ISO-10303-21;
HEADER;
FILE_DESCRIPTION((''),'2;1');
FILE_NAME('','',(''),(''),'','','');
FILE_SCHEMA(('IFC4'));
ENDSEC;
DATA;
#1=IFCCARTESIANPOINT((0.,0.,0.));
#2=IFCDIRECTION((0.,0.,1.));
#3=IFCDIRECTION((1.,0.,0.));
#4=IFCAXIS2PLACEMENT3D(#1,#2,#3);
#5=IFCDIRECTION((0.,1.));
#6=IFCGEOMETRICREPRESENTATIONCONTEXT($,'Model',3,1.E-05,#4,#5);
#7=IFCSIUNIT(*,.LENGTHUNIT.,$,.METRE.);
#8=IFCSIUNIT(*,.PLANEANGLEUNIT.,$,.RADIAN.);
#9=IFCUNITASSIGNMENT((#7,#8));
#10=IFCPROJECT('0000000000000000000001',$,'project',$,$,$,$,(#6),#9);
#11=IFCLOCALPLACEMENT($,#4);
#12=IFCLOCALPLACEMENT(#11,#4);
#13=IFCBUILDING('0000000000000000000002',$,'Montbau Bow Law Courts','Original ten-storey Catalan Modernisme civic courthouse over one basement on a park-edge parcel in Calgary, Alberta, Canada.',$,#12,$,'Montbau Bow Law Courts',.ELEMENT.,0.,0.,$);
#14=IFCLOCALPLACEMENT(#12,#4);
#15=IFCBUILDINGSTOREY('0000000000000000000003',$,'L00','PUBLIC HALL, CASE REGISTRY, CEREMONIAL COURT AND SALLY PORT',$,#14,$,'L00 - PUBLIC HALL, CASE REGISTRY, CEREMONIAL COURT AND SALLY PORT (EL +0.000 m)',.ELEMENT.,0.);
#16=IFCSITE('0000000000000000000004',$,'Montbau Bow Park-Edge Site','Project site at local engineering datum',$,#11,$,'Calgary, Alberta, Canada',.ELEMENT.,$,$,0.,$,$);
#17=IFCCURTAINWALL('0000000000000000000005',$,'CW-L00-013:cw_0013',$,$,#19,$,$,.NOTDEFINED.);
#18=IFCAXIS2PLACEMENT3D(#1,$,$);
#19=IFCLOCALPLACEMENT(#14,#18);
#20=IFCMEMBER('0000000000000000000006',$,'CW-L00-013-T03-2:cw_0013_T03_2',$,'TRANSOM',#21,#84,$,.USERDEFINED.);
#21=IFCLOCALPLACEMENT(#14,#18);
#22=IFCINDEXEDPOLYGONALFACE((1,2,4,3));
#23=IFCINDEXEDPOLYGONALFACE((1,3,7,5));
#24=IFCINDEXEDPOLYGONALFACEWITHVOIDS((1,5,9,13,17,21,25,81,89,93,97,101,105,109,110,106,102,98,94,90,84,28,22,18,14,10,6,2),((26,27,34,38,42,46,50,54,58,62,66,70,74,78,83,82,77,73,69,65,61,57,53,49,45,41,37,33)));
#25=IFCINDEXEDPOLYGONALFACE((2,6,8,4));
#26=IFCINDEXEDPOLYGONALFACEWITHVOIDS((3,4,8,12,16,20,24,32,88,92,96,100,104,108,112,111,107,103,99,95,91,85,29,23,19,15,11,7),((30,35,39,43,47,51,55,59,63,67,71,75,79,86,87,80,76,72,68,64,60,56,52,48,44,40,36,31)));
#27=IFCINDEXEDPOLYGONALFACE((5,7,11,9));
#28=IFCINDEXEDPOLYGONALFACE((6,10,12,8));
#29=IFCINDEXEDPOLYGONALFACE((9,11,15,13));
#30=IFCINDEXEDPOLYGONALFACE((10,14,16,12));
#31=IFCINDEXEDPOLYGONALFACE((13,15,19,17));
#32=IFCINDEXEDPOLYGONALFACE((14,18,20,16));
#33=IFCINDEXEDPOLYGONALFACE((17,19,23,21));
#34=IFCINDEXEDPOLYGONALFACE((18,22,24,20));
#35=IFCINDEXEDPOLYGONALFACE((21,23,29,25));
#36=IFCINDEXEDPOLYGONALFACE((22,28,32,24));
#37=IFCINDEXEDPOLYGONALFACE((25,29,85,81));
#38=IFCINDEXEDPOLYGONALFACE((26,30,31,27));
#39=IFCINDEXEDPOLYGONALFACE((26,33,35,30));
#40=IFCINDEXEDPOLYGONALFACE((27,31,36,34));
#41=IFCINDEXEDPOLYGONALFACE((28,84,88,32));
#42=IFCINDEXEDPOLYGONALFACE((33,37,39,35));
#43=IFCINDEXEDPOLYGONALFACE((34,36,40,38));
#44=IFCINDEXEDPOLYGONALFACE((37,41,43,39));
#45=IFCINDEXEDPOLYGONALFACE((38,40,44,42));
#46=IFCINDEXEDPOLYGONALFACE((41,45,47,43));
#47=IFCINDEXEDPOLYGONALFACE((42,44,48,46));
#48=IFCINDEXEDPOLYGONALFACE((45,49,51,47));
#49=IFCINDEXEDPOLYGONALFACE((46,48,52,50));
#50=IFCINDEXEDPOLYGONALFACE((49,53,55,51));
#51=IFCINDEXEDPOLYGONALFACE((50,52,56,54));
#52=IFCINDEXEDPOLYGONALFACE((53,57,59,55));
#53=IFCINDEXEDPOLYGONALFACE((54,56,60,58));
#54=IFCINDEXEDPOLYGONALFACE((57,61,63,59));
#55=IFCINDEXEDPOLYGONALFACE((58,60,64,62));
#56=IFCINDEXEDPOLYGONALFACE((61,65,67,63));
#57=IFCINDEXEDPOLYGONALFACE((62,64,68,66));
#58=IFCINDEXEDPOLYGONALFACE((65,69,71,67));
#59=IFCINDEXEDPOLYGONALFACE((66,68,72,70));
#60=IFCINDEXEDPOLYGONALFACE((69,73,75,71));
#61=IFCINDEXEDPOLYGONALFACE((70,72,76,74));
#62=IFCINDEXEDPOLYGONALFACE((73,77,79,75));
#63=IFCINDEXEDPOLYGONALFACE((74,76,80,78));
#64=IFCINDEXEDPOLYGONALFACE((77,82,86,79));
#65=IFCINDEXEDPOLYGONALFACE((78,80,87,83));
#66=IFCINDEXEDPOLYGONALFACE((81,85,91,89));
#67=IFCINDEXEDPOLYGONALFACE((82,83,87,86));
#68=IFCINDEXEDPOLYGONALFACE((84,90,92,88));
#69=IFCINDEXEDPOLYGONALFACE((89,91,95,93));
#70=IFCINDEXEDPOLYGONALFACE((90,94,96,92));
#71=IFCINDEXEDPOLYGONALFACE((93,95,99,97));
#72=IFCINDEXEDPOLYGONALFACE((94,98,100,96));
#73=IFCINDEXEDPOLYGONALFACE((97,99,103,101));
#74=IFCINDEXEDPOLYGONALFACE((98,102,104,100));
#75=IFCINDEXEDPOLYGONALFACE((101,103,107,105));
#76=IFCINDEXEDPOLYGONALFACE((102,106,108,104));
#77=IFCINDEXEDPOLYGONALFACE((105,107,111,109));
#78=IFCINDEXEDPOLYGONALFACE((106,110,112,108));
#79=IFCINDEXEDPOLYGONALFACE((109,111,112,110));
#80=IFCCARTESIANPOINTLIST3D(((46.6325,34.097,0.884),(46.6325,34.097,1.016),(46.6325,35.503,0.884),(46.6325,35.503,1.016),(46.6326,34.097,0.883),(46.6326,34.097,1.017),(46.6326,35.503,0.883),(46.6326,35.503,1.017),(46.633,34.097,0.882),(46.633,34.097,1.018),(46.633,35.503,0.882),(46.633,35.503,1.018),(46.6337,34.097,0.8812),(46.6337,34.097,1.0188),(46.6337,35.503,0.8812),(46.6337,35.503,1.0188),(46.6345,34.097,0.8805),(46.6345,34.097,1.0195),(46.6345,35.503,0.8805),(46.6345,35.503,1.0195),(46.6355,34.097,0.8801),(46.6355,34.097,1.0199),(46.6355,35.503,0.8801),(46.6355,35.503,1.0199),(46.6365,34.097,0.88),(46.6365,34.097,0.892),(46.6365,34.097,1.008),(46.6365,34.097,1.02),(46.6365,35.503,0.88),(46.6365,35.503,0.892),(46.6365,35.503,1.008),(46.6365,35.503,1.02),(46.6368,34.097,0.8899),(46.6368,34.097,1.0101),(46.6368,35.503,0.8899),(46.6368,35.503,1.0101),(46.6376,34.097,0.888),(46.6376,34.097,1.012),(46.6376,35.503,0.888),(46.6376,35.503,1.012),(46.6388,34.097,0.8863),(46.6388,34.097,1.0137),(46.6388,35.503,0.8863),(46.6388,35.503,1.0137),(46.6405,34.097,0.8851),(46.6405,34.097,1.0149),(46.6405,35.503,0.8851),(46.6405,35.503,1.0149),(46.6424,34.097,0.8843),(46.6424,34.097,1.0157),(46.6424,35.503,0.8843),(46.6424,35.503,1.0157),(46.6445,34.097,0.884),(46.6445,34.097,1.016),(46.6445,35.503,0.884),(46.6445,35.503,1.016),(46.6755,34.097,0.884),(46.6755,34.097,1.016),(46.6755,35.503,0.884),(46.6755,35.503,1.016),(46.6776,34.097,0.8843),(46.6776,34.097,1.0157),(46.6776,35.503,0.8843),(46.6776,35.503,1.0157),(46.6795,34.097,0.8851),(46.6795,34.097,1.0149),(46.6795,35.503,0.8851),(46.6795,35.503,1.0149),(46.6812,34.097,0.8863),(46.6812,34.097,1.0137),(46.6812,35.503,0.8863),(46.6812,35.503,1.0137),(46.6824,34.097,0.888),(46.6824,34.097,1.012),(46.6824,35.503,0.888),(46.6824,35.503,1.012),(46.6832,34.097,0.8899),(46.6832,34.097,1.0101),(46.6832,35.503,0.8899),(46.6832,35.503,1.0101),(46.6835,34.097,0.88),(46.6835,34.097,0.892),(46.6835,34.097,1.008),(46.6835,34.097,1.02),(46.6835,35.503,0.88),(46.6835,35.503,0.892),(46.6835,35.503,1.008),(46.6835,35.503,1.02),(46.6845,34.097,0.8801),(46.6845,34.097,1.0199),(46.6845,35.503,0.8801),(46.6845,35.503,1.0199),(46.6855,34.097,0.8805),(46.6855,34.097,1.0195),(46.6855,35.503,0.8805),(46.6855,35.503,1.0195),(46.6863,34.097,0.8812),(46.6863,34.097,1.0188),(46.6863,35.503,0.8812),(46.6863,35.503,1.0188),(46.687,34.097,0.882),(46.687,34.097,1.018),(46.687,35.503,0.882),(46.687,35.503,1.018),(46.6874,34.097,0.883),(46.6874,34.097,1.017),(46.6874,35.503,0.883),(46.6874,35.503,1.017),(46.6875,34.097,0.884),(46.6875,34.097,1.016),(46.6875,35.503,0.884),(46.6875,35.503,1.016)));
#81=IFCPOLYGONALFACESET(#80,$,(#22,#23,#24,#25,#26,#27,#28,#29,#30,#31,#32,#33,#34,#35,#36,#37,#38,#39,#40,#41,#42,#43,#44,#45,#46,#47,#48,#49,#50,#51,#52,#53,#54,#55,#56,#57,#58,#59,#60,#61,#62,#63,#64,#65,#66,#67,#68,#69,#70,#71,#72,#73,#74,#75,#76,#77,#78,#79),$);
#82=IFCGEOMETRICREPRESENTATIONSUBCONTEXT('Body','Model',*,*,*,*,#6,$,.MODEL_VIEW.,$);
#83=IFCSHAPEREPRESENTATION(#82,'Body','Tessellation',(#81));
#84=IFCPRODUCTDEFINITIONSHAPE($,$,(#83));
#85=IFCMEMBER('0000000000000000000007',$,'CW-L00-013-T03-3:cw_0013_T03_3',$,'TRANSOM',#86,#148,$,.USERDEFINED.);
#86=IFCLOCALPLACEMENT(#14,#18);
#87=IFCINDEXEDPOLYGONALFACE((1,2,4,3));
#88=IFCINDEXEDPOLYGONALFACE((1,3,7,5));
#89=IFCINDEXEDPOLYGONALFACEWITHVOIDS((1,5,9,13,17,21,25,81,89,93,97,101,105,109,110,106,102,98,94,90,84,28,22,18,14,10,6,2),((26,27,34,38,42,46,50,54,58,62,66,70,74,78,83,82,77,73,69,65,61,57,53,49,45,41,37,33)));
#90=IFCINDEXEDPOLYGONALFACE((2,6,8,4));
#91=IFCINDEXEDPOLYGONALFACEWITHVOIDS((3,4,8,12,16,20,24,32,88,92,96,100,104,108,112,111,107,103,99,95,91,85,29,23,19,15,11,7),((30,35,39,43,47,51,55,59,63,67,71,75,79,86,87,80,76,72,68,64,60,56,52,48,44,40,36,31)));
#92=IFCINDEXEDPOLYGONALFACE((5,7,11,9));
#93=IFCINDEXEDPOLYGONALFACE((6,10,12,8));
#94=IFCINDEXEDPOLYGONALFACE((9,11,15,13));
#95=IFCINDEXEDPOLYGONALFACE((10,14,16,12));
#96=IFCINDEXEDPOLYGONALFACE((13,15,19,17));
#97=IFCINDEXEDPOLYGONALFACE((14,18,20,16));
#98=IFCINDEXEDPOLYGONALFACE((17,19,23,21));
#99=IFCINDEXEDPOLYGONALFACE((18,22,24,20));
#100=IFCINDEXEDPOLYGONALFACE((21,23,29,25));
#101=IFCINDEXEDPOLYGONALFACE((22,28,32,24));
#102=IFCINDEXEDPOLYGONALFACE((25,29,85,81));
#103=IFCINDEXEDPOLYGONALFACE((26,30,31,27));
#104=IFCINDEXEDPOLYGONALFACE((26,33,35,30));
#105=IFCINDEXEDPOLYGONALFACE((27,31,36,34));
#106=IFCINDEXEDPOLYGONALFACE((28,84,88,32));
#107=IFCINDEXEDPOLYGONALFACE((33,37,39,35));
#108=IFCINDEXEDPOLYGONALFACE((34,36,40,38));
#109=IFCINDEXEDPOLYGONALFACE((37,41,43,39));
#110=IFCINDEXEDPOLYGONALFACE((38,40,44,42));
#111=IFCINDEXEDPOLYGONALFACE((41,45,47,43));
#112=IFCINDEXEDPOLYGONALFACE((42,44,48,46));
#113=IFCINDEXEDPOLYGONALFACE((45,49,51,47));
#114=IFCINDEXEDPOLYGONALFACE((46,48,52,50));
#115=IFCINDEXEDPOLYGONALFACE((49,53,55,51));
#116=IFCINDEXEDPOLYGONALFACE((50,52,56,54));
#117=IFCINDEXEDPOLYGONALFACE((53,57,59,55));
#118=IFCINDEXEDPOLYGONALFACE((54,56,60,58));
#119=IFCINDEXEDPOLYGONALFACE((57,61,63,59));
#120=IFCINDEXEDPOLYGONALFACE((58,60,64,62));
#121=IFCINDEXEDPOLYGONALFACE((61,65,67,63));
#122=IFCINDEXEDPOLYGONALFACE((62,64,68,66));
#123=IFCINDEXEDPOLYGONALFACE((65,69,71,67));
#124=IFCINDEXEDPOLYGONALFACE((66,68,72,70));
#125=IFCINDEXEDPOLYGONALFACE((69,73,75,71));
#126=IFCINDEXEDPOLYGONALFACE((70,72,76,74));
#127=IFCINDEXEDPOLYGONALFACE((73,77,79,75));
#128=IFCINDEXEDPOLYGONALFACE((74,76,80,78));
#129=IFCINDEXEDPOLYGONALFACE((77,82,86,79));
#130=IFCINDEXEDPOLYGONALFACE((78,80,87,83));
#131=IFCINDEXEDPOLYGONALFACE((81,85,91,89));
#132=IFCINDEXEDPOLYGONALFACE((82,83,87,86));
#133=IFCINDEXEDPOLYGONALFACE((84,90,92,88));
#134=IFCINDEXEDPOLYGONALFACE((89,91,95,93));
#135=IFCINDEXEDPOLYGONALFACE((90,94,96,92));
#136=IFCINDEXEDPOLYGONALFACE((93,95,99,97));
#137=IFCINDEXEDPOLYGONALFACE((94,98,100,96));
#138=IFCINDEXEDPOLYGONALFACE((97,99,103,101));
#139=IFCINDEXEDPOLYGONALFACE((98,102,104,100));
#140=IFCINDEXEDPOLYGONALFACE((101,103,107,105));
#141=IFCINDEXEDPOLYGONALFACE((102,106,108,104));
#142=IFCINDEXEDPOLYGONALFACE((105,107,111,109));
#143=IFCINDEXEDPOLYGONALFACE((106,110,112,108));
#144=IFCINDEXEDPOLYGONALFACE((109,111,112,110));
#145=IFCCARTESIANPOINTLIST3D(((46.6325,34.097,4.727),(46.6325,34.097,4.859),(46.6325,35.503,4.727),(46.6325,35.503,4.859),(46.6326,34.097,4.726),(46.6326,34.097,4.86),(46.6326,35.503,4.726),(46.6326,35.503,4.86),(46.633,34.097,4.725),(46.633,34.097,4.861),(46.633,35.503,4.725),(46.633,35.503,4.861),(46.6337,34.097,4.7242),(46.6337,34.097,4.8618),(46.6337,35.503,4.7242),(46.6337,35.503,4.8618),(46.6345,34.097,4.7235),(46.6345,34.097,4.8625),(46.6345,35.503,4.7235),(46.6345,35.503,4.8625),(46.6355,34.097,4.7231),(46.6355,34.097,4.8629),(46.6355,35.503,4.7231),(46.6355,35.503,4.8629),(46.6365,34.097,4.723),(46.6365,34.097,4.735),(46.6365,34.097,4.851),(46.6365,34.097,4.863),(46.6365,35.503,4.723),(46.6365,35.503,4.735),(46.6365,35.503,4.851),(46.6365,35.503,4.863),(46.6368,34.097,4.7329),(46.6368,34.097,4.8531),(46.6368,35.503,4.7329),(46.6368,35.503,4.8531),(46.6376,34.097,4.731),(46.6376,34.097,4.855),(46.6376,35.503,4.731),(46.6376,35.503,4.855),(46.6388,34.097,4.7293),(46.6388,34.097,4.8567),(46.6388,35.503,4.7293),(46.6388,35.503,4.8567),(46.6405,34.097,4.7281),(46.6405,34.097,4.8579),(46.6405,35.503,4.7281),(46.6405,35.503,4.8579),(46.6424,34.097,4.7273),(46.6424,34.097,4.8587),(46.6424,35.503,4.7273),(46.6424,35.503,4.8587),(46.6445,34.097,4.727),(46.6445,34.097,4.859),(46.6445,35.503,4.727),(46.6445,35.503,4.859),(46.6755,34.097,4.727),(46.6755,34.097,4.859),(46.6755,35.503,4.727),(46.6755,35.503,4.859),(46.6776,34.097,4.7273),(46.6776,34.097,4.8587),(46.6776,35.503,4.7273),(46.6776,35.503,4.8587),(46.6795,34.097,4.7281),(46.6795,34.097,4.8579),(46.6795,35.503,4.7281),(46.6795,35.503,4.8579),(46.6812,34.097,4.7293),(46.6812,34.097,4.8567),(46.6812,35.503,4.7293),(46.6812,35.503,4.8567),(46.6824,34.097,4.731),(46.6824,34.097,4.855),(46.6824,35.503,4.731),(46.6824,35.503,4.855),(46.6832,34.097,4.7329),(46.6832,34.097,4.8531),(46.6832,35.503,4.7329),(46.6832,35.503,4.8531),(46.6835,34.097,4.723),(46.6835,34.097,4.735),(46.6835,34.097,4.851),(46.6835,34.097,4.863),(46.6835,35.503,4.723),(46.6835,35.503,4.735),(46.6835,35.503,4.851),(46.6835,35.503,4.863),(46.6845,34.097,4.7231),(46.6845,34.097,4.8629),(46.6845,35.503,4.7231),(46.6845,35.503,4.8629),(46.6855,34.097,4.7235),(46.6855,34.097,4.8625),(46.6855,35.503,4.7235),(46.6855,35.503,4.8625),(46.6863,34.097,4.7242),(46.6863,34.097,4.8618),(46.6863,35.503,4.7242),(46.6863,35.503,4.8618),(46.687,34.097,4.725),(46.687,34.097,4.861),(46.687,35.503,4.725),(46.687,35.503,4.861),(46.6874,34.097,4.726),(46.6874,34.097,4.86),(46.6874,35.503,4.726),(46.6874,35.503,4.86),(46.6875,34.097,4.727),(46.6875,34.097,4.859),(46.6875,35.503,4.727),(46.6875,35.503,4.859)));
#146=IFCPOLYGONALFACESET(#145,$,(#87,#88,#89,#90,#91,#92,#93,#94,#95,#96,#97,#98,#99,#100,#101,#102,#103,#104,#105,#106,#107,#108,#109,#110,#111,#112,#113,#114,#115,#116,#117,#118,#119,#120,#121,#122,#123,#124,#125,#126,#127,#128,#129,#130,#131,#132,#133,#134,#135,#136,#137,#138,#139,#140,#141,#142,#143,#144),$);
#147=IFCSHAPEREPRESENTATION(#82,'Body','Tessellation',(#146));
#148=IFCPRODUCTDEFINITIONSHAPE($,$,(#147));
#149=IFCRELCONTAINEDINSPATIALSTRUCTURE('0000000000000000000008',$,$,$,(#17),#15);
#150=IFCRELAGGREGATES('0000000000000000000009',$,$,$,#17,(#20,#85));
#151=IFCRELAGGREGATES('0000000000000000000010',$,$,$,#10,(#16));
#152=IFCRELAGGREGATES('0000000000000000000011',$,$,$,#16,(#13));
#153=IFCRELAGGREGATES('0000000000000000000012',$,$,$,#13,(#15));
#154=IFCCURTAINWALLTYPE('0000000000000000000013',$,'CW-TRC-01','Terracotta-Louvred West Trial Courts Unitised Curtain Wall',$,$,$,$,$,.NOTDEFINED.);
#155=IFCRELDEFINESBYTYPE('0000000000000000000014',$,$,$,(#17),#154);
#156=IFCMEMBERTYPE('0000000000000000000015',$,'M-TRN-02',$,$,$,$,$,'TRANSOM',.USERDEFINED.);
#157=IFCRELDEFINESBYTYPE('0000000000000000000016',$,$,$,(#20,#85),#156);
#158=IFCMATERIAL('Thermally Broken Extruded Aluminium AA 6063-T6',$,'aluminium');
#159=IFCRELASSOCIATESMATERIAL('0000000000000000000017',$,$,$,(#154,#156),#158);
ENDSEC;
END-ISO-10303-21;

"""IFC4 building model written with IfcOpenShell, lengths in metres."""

from ifc_helpers import new_model, si_unit, direction, frame, origin_with_axes, origin_2d_with_axis, place, context, subcontext, project, spatial, hollow_rectangle, extrude, material, material_profile, profile_set, type_object, element, aggregate, save


model = new_model("IFC4")

# Units and contexts
model_context = context("Model", 3, precision=1e-05, world=origin_with_axes(), true_north=direction((0.0, 1.0)))
body_context = subcontext(model_context, "Body", "Model", "MODEL_VIEW")
ifc_project = project(units=[si_unit("LENGTHUNIT", "METRE"), si_unit("PLANEANGLEUNIT", "RADIAN")], contexts=[model_context])

# Site, building, storey
site_placement = place(None, origin_with_axes())
site = spatial("IfcSite", under=ifc_project, at=site_placement, Name="Montbau Bow Park-Edge Site", Description="Project site at local engineering datum", LongName="Calgary, Alberta, Canada", CompositionType="ELEMENT", RefElevation=0.0)
building_placement = place(site_placement, origin_with_axes())
building = spatial("IfcBuilding", under=site, at=building_placement, Name="Montbau Bow Law Courts", Description="Original ten-storey Catalan Modernisme civic courthouse over one basement on a park-edge parcel in Calgary, Alberta, Canada.", LongName="Montbau Bow Law Courts", CompositionType="ELEMENT", ElevationOfRefHeight=0.0, ElevationOfTerrain=0.0)
storey_placement = place(building_placement, origin_with_axes())
storey = spatial("IfcBuildingStorey", under=building, at=storey_placement, Name="L00", Description="PUBLIC HALL, CASE REGISTRY, CEREMONIAL COURT AND SALLY PORT", LongName="L00 - PUBLIC HALL, CASE REGISTRY, CEREMONIAL COURT AND SALLY PORT (EL +0.000 m)", CompositionType="ELEMENT", Elevation=0.0)

# Curtain wall, members
ifc_material_1 = material(Name="Thermally Broken Extruded Aluminium AA 6063-T6", Category="aluminium")
curtain_wall_type = type_object("IfcCurtainWallType", Name="CW-TRC-01", Description="Terracotta-Louvred West Trial Courts Unitised Curtain Wall", PredefinedType="NOTDEFINED", material=ifc_material_1)
curtain_wall_placement = place(None, frame((46.66, 31.115, 0.0), z_axis=(0.0, 0.0, 1.0), x_axis=(1.0, 0.0, 0.0)))
curtain_wall = element("IfcCurtainWall", 1, at=curtain_wall_placement, inside=storey, type_object=curtain_wall_type, Name="CW-L00-013:cw_0013", PredefinedType="NOTDEFINED")
ifc_material_profile_1 = material_profile(ifc_material_1, hollow_rectangle(XDim=0.055, YDim=0.14, WallThickness=0.004, InnerFilletRadius=0.008, OuterFilletRadius=0.004, at=origin_2d_with_axis()), Name="CWT-140X55", Category="Main", Priority=0)
ifc_profile_set_1 = profile_set([ifc_material_profile_1], Name="Thermally Broken Extruded Aluminium AA 6063-T6")
member_type_1 = type_object("IfcMemberType", Name="M-TRN-02", ElementType="TRANSOM", PredefinedType="USERDEFINED", material=ifc_profile_set_1)
member_1_placement = place(None, frame((46.66, 34.097, 0.95), z_axis=(0.0, 1.0, 0.0), x_axis=(-1.0, 0.0, 0.0)))
member_1 = element("IfcMember", 2, at=member_1_placement, type_object=member_type_1, Name="CW-L00-013-T03-2:cw_0013_T03_2", ObjectType="TRANSOM", PredefinedType="USERDEFINED", context=body_context, shape_type="SweptSolid", body=[
    extrude(hollow_rectangle(XDim=0.055, YDim=0.14, WallThickness=0.004, InnerFilletRadius=0.008, OuterFilletRadius=0.004, at=origin_2d_with_axis()), origin_with_axes(), (0.0, 0.0, 1.0), 1.406),
])
member_2_placement = place(None, frame((46.66, 34.097, 4.793), z_axis=(0.0, 1.0, 0.0), x_axis=(-1.0, 0.0, 0.0)))
member_2 = element("IfcMember", 3, at=member_2_placement, type_object=member_type_1, Name="CW-L00-013-T03-3:cw_0013_T03_3", ObjectType="TRANSOM", PredefinedType="USERDEFINED", context=body_context, shape_type="SweptSolid", body=[
    extrude(hollow_rectangle(XDim=0.055, YDim=0.14, WallThickness=0.004, InnerFilletRadius=0.008, OuterFilletRadius=0.004, at=origin_2d_with_axis()), origin_with_axes(), (0.0, 0.0, 1.0), 1.406),
])
aggregate(curtain_wall, [member_1, member_2])

save(model, "model.ifc")
